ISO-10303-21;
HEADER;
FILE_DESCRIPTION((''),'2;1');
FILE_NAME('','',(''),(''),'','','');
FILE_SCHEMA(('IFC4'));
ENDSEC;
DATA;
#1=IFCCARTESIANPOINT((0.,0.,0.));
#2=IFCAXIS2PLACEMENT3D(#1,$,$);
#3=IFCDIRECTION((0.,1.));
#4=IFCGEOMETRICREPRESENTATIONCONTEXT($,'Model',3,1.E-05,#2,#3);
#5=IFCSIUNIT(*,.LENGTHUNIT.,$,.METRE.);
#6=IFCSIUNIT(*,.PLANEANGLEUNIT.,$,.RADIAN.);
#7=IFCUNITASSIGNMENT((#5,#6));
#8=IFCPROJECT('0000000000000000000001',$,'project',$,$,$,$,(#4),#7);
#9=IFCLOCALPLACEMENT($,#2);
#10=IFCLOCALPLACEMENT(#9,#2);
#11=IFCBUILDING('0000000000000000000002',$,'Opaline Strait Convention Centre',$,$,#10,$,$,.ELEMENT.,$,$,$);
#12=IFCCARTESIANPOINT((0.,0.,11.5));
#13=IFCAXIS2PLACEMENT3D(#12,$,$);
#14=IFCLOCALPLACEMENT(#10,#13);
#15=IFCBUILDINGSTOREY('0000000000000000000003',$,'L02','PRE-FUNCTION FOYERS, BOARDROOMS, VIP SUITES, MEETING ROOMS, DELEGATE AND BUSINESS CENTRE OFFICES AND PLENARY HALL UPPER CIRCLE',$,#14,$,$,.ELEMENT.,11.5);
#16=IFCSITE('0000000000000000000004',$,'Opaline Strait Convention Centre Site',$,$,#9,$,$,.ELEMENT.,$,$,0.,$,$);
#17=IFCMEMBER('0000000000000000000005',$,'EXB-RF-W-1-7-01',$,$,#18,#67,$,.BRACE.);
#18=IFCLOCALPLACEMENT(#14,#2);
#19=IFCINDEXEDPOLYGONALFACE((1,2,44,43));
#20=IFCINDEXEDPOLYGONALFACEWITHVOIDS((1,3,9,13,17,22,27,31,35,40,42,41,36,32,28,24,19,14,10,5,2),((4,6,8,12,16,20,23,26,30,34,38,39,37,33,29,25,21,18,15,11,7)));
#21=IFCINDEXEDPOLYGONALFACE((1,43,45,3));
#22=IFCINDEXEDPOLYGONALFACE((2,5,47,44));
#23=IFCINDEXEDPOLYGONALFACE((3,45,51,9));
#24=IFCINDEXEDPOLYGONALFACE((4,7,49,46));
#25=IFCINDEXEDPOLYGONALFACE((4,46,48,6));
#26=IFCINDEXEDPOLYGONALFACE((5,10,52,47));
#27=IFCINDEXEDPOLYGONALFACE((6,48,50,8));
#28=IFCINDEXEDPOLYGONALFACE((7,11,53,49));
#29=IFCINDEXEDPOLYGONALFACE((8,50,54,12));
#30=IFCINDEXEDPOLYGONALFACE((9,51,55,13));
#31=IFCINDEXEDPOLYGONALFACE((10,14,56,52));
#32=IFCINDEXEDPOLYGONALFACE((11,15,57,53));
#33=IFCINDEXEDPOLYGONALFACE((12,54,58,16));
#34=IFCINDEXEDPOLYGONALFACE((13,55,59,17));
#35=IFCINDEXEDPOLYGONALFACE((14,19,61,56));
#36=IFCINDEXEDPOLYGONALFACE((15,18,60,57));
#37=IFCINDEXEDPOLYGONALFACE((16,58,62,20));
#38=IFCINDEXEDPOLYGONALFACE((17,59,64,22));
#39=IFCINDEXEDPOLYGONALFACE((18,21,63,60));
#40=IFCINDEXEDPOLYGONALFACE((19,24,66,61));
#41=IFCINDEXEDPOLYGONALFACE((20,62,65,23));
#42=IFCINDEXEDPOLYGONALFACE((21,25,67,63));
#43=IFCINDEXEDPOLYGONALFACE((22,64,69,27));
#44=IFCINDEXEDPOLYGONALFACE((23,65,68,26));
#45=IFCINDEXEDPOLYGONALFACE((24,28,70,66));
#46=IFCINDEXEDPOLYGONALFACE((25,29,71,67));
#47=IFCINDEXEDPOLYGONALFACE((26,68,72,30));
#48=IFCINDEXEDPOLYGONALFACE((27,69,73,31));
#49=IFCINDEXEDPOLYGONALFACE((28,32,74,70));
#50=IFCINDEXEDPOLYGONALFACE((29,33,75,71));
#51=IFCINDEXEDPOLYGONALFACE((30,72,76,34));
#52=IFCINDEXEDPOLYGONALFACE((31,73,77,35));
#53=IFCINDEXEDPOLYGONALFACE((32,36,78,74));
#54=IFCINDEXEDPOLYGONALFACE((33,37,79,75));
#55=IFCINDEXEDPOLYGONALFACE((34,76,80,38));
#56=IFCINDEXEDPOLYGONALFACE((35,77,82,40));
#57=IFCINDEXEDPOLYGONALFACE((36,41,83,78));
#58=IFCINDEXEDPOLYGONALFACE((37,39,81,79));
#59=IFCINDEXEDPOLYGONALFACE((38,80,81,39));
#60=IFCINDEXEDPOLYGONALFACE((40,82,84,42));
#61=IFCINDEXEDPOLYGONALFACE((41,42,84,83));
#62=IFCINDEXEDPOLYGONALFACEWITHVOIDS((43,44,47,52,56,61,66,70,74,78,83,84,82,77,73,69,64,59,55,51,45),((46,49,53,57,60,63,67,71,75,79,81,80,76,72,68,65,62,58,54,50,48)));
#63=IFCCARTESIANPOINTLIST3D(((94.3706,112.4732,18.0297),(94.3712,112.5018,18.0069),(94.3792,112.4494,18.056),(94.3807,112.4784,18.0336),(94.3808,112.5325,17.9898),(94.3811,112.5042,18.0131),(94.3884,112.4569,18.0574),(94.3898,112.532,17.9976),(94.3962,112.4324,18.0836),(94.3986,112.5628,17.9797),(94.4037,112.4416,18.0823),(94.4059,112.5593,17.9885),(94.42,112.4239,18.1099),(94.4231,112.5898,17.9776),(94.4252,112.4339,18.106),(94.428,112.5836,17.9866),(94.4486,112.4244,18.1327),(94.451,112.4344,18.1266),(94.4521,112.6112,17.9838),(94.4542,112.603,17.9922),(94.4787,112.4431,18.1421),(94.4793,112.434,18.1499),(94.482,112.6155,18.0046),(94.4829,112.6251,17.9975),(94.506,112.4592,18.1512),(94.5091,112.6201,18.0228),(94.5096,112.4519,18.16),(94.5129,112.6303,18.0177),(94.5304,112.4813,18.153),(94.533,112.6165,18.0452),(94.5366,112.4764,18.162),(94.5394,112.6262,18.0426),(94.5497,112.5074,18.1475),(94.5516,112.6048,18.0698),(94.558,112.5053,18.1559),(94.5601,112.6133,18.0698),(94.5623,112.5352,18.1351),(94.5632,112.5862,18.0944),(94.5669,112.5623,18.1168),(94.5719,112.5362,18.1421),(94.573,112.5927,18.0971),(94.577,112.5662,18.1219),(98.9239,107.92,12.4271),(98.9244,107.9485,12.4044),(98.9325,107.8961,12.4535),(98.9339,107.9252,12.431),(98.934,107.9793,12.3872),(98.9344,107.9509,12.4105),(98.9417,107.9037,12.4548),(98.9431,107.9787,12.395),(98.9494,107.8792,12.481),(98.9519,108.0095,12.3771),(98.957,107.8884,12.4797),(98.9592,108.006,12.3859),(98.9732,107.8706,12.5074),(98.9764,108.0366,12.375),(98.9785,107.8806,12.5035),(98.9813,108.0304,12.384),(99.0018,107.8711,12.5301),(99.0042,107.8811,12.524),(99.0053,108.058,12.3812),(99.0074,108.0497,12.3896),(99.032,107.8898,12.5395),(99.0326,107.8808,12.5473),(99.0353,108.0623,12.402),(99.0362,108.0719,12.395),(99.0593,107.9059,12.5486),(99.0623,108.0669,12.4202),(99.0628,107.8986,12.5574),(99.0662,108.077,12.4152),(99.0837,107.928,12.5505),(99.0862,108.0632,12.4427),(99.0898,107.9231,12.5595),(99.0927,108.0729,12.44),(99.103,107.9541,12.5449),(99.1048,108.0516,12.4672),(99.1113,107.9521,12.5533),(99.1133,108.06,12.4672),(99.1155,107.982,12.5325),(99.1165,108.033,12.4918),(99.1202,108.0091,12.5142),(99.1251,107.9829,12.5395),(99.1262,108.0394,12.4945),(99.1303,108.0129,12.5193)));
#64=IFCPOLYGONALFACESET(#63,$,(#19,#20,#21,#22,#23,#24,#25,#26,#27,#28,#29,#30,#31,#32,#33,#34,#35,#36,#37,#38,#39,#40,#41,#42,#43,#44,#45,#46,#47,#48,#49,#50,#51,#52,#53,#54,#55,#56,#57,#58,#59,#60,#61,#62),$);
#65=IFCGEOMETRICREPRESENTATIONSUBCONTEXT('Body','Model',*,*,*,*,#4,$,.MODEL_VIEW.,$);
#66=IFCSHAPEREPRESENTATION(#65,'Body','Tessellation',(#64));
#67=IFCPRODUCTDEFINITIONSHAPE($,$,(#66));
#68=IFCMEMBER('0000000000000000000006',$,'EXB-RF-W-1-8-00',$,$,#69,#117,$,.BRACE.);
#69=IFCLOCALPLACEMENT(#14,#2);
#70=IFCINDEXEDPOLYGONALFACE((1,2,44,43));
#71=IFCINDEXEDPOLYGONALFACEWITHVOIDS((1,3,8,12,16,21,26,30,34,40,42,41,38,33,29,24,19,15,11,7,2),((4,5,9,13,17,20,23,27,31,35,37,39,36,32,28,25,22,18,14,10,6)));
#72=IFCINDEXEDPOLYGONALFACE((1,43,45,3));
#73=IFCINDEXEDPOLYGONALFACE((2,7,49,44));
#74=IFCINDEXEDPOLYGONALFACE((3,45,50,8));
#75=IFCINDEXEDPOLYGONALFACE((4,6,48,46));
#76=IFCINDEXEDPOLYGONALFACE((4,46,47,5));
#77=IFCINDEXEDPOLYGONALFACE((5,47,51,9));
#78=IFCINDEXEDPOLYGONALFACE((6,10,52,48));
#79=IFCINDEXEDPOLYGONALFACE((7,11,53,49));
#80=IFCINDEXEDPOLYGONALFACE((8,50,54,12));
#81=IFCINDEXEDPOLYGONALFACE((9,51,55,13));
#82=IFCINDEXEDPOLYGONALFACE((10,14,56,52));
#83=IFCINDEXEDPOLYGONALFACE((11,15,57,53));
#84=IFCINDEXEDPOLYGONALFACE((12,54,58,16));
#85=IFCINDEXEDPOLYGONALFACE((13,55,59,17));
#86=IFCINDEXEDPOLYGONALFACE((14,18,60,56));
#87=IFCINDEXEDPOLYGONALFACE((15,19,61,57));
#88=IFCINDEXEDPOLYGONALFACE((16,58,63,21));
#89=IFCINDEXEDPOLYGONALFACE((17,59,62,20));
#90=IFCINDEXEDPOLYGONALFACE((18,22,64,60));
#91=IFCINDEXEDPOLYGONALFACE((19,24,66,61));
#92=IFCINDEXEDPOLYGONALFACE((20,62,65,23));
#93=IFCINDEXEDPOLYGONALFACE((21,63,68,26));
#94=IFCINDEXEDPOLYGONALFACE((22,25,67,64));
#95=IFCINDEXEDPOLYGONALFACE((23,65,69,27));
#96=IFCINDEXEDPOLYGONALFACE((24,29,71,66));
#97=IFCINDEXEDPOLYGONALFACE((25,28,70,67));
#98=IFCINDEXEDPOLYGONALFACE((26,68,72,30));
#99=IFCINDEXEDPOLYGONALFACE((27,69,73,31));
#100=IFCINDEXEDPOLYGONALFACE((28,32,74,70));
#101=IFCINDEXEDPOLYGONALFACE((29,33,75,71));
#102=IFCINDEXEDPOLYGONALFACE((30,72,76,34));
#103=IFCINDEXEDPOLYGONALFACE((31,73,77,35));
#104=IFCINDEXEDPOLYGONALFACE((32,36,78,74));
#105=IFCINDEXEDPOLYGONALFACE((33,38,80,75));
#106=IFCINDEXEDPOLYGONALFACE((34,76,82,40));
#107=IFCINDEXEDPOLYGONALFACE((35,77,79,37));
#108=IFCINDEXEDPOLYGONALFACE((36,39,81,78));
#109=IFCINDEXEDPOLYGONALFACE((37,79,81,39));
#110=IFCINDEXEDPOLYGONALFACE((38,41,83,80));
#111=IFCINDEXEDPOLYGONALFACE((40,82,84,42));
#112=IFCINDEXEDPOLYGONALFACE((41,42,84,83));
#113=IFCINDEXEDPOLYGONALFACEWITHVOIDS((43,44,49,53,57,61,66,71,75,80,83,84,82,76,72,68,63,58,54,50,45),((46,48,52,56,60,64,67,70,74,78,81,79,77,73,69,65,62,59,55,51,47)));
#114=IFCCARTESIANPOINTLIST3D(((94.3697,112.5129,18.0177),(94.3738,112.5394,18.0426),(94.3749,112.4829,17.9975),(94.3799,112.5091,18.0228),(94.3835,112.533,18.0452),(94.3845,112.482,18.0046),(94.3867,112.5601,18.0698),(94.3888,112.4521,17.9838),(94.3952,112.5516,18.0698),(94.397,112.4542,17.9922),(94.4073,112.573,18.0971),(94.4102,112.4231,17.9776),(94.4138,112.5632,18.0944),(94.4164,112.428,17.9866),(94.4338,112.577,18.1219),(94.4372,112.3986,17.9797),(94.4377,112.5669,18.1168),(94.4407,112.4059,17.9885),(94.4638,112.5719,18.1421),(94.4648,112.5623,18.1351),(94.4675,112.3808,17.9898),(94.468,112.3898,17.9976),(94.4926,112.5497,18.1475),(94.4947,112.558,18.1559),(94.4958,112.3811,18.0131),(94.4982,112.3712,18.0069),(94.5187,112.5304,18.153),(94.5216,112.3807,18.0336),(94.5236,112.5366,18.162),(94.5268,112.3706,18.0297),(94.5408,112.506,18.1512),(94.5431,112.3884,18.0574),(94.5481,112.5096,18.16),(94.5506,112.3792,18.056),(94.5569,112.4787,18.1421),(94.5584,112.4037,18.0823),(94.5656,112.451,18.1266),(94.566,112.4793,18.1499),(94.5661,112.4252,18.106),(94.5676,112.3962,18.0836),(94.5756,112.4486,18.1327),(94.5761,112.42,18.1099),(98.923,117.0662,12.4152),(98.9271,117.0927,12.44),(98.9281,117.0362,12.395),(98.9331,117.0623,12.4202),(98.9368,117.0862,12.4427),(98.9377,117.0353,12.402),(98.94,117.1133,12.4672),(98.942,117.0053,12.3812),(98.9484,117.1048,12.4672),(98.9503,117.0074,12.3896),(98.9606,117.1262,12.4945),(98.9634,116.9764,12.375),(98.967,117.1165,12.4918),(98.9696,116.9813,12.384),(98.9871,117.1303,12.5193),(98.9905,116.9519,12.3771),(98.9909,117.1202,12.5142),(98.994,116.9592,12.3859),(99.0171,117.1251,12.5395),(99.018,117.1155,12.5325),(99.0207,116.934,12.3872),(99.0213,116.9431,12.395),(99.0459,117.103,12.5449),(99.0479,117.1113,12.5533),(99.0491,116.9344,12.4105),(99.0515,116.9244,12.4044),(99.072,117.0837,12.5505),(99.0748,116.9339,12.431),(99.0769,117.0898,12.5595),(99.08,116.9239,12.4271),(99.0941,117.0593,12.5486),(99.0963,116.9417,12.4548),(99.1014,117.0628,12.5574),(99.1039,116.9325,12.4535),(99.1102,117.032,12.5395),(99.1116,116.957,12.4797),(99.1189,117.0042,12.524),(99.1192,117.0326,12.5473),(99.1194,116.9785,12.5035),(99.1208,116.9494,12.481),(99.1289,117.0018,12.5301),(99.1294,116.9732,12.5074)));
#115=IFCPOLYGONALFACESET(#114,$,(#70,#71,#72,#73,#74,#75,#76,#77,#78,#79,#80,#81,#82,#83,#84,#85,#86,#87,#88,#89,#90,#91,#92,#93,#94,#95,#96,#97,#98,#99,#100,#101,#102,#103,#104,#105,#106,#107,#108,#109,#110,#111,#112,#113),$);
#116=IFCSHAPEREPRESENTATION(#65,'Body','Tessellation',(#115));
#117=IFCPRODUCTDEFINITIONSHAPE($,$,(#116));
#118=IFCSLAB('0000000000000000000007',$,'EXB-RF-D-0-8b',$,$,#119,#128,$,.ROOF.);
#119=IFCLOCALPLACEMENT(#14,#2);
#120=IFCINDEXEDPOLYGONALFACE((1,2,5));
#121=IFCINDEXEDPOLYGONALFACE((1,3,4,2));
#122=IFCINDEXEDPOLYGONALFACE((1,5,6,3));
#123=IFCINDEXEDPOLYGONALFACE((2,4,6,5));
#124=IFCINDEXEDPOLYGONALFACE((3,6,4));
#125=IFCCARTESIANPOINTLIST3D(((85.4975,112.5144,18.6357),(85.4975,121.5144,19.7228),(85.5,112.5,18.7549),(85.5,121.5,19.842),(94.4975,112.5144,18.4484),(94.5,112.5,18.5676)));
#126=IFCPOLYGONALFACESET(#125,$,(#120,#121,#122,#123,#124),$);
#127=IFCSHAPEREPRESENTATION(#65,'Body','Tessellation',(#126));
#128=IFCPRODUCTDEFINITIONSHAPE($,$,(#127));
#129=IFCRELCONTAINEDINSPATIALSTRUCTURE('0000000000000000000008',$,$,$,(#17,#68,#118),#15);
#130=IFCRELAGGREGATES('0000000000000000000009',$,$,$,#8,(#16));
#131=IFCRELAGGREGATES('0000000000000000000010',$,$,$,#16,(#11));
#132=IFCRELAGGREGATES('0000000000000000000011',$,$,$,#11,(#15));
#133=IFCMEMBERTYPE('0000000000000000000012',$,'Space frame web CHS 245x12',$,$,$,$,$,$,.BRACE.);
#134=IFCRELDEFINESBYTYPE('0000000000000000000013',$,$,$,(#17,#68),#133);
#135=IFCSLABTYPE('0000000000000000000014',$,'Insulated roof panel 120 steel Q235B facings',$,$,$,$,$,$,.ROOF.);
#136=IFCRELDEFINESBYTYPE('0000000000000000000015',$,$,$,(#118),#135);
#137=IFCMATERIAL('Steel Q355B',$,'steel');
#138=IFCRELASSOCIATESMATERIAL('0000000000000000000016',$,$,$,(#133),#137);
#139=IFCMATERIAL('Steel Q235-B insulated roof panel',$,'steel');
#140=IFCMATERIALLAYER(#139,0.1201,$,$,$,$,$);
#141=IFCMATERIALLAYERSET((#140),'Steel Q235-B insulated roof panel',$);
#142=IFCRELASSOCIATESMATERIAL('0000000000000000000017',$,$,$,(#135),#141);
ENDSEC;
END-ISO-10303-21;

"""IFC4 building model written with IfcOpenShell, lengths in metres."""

from ifc_helpers import new_model, si_unit, direction, frame, origin, origin_2d, place, context, subcontext, project, spatial, polyline, hollow_circle, outline, extrude, material, layer, layer_set, material_profile, profile_set, type_object, element, save


model = new_model("IFC4")

# Units and contexts
model_context = context("Model", 3, precision=1e-05, world=origin(), true_north=direction((0.0, 1.0)))
body_context = subcontext(model_context, "Body", "Model", "MODEL_VIEW")
ifc_project = project(units=[si_unit("LENGTHUNIT", "METRE"), si_unit("PLANEANGLEUNIT", "RADIAN")], contexts=[model_context])

# Site, building, storey
site_placement = place(None, origin())
site = spatial("IfcSite", under=ifc_project, at=site_placement, Name="Opaline Strait Convention Centre Site", CompositionType="ELEMENT", RefElevation=0.0)
building_placement = place(site_placement, origin())
building = spatial("IfcBuilding", under=site, at=building_placement, Name="Opaline Strait Convention Centre", CompositionType="ELEMENT")
storey_placement = place(building_placement, frame((0.0, 0.0, 11.5)))
storey = spatial("IfcBuildingStorey", under=building, at=storey_placement, Name="L02", Description="PRE-FUNCTION FOYERS, BOARDROOMS, VIP SUITES, MEETING ROOMS, DELEGATE AND BUSINESS CENTRE OFFICES AND PLENARY HALL UPPER CIRCLE", CompositionType="ELEMENT", Elevation=11.5)

# Members
ifc_material_1 = material(Name="Steel Q355B", Category="steel")
ifc_material_profile_1 = material_profile(ifc_material_1, hollow_circle(Radius=0.1226, WallThickness=0.012, at=origin_2d()), Name="CHS 245x12")
ifc_profile_set_1 = profile_set([ifc_material_profile_1], Name="Steel Q355B")
member_type_1 = type_object("IfcMemberType", Name="Space frame web CHS 245x12", PredefinedType="BRACE", material=ifc_profile_set_1)
for number, where, z_axis, x_axis, name in (
    (1, (94.4734, 112.5266, 18.0698), (0.533455, -0.533455, -0.656393), (0.707107, 0.707107, 0.0), "EXB-RF-W-1-7-01"),
    (2, (94.4734, 112.4734, 18.0698), (0.533455, 0.533455, -0.656393), (-0.707107, 0.707107, 0.0), "EXB-RF-W-1-8-00"),
):
    element("IfcMember", number, at=place(storey_placement, frame(where, z_axis=z_axis, x_axis=x_axis)), inside=storey, type_object=member_type_1, Name=name, PredefinedType="BRACE", context=body_context, shape_type="SweptSolid", body=[
        extrude(hollow_circle(Radius=0.1226, WallThickness=0.012, at=origin_2d()), origin(), (0.0, 0.0, 1.0), 8.5354),
    ])

# Slab
ifc_material_2 = material(Name="Steel Q235-B insulated roof panel", Category="steel")
ifc_layer = layer(ifc_material_2, 0.1201)
ifc_layer_set = layer_set([ifc_layer], Name="Steel Q235-B insulated roof panel")
slab_type = type_object("IfcSlabType", Name="Insulated roof panel 120 steel Q235B facings", PredefinedType="ROOF", material=ifc_layer_set)
slab_placement = place(storey_placement, frame((85.5, 112.5, 18.7549), z_axis=(0.020652, -0.119898, 0.992571), x_axis=(0.999784, 0.0, -0.020802)))
element("IfcSlab", 3, at=slab_placement, inside=storey, type_object=slab_type, Name="EXB-RF-D-0-8b", PredefinedType="ROOF", context=body_context, shape_type="SweptSolid", body=[
    extrude(outline(polyline([(0.0, 0.0), (9.0019, 0.0), (-0.0226, 9.0654), (0.0, 0.0)])), origin(), (0.0, 0.0, -1.0), 0.1201),
])

save(model, "model.ifc")
